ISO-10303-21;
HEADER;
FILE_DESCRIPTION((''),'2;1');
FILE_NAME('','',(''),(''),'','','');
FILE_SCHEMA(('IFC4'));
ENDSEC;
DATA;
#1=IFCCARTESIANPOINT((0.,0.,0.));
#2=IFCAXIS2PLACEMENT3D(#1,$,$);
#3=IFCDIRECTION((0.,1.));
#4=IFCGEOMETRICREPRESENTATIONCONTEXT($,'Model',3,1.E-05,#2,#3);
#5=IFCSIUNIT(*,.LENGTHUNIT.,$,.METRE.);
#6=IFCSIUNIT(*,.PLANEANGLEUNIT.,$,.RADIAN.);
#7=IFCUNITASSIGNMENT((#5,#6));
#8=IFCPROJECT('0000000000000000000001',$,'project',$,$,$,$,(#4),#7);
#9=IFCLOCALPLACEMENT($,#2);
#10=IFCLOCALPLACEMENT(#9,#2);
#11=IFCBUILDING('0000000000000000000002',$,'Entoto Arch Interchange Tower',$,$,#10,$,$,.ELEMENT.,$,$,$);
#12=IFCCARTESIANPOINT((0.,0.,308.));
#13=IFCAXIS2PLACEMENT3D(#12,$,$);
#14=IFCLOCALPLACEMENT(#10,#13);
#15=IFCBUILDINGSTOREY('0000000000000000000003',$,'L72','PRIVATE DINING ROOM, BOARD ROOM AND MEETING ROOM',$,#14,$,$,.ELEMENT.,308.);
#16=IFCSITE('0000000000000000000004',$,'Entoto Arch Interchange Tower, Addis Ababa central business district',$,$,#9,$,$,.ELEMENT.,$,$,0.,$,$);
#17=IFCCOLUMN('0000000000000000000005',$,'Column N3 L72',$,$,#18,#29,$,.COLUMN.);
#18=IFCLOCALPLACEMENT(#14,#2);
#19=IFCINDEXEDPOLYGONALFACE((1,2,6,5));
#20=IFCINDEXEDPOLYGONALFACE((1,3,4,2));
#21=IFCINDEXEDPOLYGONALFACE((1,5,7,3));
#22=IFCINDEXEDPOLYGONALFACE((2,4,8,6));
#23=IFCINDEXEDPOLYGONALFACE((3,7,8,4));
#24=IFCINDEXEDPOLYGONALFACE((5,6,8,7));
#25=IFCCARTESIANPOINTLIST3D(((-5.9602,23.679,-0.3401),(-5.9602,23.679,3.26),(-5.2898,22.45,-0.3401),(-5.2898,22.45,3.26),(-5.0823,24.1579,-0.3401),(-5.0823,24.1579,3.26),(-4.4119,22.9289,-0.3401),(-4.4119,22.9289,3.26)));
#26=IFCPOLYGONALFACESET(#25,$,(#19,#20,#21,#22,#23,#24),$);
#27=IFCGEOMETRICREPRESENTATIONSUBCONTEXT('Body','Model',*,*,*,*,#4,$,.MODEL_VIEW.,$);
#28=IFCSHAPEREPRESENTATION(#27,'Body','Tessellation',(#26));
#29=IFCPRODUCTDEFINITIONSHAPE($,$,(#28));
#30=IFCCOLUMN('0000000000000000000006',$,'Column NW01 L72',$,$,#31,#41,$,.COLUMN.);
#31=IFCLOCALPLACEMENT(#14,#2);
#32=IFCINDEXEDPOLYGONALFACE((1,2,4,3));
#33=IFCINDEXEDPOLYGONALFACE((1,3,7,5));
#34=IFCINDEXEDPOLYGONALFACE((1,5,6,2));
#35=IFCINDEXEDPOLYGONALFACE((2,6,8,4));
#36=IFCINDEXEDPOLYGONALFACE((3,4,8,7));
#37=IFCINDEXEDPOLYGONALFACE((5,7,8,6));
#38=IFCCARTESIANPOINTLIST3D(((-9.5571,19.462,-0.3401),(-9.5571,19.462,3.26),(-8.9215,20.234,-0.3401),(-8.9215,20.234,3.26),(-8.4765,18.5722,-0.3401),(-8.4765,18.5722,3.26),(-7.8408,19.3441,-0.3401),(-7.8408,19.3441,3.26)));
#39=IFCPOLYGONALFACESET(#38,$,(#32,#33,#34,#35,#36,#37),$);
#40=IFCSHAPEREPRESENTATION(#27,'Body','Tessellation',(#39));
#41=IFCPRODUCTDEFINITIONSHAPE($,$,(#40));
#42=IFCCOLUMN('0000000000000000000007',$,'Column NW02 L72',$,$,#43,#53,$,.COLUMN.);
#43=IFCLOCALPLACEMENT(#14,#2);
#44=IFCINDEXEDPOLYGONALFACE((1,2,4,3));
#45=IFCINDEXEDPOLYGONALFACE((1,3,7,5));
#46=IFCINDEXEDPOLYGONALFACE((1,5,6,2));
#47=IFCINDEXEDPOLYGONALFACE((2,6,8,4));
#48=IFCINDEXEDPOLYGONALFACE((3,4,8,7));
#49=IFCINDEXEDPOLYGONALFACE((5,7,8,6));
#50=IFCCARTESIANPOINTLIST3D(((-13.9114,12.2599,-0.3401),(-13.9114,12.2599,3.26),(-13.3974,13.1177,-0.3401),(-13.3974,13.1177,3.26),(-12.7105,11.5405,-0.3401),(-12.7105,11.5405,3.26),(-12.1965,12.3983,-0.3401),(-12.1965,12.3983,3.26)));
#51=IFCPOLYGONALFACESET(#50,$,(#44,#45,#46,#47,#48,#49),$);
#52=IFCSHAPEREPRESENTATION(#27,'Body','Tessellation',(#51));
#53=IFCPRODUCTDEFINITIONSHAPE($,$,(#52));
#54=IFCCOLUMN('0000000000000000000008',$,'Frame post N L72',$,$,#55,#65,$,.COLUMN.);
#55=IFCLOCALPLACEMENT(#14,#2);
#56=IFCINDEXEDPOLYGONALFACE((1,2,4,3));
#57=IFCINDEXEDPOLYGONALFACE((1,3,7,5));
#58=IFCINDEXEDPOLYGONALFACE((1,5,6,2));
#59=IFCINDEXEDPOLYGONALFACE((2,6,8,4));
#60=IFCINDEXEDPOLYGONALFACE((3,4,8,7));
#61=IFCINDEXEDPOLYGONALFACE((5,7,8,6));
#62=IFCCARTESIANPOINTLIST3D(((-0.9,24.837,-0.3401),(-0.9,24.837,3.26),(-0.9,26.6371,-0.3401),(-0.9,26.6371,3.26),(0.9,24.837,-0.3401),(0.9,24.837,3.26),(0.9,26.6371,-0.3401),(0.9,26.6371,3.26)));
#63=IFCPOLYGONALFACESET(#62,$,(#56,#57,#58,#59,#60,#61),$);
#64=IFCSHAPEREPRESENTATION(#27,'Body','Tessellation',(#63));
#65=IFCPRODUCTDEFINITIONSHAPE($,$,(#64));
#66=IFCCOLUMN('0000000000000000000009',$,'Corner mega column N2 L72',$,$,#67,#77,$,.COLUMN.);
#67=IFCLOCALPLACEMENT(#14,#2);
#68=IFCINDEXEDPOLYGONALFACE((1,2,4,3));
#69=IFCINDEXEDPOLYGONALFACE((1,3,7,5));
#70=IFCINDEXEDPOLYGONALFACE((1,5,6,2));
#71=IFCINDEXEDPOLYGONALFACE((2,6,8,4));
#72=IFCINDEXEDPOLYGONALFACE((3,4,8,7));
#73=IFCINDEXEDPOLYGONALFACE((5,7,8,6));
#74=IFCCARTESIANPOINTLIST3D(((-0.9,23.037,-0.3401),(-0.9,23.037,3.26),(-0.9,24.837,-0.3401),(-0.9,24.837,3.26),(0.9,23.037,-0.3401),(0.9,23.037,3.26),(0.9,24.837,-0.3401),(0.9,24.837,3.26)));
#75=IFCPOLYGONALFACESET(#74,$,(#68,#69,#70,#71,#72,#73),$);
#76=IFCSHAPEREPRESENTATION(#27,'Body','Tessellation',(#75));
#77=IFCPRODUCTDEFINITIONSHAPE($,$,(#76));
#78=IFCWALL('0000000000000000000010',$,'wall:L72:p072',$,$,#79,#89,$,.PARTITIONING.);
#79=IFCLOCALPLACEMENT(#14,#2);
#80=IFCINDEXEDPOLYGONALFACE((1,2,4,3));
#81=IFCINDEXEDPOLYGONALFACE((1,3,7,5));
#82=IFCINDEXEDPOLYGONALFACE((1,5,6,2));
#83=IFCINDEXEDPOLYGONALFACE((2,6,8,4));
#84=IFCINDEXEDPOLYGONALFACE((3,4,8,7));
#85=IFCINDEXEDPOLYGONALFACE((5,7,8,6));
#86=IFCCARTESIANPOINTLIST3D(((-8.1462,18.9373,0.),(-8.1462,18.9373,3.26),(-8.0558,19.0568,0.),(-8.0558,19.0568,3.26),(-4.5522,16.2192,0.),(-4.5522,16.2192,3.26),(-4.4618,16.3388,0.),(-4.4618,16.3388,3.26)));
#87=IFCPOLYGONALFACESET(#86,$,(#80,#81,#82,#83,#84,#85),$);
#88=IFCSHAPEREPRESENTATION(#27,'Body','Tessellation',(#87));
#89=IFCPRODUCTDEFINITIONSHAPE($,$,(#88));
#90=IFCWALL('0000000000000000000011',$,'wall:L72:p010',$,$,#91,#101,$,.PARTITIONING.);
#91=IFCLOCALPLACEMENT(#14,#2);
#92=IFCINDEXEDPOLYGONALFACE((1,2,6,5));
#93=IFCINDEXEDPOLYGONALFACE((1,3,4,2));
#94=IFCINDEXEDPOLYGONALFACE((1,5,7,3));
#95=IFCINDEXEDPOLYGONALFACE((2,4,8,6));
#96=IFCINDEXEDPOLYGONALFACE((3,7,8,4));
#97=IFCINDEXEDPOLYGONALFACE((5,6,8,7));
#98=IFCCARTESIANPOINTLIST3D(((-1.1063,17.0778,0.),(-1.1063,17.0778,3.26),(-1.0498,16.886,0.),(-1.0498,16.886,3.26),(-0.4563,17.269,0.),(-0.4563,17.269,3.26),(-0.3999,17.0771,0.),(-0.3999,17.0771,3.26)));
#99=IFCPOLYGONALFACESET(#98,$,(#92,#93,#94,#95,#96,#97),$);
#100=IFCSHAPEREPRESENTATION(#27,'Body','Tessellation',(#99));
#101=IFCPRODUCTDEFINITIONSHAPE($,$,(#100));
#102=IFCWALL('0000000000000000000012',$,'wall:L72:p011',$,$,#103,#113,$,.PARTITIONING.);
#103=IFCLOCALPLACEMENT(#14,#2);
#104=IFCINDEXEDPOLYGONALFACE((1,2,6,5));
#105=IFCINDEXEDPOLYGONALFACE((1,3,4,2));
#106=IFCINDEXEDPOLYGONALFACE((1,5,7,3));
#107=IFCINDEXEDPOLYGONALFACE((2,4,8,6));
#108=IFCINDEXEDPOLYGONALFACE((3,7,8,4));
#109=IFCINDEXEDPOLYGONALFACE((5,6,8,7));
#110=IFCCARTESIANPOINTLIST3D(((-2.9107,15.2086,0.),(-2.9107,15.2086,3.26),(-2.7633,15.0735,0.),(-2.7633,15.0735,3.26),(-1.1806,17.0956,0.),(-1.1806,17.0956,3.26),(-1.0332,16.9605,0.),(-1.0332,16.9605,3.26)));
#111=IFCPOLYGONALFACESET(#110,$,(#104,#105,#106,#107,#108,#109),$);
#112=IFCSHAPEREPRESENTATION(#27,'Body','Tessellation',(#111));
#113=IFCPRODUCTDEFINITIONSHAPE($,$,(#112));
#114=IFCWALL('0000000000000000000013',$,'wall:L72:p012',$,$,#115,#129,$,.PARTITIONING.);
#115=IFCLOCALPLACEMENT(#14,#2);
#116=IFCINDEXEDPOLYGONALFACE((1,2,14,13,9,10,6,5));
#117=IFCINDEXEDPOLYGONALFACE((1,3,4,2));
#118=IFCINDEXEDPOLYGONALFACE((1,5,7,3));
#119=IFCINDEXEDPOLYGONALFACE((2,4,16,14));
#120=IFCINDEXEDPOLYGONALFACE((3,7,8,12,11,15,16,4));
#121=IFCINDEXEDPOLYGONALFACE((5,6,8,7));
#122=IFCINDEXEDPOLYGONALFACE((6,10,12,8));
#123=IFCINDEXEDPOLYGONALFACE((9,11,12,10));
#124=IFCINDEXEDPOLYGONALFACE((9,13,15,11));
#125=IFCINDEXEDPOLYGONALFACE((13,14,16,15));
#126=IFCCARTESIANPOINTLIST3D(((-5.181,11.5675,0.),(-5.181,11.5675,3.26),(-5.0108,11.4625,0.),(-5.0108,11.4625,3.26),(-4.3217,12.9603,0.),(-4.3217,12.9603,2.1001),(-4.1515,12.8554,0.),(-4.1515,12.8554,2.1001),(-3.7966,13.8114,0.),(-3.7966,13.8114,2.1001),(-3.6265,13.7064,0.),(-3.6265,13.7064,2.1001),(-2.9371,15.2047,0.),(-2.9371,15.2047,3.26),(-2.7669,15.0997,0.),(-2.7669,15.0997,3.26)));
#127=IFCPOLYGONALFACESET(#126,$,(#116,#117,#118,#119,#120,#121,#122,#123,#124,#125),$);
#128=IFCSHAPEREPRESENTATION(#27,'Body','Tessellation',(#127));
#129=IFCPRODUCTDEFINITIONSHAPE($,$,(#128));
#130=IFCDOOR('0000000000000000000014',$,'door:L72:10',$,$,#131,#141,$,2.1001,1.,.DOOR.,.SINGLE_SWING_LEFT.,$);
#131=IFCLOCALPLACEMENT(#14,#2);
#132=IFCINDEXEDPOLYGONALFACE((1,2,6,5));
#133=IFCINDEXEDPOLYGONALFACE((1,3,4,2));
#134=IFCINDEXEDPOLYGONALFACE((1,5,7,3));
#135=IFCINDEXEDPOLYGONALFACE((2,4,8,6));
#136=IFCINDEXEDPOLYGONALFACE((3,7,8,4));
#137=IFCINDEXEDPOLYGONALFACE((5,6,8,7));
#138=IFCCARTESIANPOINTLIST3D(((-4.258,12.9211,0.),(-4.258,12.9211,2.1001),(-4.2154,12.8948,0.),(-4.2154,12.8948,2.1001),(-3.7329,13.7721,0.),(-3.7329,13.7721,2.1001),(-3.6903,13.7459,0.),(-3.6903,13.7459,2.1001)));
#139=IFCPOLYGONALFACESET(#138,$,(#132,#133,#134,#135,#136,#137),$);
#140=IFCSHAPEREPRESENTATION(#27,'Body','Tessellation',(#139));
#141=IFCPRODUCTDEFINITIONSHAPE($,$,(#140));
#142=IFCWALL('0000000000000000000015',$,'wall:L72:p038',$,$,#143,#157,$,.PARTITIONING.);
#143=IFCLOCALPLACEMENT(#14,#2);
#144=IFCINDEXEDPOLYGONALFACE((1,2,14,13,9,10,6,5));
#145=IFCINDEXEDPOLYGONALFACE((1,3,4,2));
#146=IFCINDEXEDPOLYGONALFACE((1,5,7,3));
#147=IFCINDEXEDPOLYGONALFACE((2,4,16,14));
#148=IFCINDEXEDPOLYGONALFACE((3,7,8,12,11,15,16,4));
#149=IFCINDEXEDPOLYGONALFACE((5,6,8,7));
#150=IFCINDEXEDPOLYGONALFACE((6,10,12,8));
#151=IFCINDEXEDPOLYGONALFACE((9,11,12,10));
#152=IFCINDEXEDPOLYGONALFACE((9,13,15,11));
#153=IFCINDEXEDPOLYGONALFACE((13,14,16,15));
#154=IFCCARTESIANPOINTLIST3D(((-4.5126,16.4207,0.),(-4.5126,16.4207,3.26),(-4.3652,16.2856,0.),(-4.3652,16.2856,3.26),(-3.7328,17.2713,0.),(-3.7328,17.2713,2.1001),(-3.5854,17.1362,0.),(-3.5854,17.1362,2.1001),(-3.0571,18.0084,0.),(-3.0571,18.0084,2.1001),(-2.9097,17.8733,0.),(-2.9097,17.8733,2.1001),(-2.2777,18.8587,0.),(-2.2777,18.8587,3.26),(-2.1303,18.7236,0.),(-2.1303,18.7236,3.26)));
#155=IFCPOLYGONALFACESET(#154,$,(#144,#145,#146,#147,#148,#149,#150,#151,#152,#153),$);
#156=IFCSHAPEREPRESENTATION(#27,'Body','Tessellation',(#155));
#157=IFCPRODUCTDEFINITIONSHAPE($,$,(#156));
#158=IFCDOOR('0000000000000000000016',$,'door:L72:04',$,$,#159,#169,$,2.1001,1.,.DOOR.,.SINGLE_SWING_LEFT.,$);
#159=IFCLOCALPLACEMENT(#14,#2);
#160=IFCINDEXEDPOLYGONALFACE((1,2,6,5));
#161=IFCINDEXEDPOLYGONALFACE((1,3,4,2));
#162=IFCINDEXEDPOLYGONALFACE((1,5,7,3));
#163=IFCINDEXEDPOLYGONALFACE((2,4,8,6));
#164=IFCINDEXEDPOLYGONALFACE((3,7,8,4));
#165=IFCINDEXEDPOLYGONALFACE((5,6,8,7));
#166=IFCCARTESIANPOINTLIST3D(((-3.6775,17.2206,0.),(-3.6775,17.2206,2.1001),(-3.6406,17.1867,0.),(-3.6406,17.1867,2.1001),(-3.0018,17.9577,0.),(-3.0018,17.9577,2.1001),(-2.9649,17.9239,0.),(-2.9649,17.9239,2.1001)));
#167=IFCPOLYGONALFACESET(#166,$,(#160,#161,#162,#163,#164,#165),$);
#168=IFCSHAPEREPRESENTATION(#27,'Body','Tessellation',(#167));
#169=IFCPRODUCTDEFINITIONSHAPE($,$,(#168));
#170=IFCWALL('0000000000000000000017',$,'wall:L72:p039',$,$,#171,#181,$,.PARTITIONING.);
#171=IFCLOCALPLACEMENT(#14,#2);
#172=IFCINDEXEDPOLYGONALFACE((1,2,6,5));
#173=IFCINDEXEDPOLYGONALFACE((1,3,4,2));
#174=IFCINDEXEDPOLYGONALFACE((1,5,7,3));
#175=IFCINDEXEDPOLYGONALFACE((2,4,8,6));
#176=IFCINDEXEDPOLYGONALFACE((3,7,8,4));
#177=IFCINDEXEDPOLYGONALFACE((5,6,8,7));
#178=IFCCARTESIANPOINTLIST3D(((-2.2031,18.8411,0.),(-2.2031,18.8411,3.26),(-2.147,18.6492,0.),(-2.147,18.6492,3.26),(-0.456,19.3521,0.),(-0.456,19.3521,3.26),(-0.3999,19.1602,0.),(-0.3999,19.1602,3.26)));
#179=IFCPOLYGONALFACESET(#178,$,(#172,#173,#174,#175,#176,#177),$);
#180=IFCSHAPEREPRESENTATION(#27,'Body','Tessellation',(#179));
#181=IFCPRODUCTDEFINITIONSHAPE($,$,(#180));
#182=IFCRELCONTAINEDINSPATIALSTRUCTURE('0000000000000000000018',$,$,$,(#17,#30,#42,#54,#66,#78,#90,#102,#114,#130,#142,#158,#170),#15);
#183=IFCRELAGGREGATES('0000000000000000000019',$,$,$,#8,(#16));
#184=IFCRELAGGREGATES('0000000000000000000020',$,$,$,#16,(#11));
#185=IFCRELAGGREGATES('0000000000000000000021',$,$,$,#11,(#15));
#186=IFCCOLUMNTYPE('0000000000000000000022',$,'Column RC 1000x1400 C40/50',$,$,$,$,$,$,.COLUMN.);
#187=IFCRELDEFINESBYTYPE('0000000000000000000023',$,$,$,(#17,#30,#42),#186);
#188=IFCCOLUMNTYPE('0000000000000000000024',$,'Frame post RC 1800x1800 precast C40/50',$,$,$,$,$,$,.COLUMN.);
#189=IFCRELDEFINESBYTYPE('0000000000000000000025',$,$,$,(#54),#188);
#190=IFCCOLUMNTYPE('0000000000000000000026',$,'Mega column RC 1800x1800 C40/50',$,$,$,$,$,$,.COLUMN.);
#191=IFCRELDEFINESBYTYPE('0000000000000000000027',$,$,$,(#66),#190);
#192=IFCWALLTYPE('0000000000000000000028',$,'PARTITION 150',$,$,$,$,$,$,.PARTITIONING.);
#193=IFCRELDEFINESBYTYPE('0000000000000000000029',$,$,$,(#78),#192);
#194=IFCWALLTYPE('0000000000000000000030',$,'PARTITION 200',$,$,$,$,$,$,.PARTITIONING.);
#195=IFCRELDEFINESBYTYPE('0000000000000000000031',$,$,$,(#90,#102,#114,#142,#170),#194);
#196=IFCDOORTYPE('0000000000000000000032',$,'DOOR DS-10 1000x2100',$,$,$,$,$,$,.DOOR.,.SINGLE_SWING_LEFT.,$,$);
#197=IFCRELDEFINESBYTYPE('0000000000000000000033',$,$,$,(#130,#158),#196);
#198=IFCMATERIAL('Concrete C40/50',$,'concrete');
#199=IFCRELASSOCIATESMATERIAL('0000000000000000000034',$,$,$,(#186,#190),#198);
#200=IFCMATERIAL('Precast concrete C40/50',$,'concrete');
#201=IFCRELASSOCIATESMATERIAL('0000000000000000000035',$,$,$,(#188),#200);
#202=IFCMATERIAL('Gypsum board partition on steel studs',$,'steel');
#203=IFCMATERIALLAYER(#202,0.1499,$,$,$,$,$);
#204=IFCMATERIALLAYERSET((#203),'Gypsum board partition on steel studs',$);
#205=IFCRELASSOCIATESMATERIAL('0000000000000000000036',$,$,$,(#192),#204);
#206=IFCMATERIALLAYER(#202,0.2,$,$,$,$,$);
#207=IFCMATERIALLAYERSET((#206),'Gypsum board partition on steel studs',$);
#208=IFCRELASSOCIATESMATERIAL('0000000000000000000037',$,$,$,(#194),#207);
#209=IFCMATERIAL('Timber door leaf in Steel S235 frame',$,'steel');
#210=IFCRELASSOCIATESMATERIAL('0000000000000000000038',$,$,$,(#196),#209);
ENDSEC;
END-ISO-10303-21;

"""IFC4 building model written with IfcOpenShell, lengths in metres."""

from ifc_helpers import new_model, si_unit, direction, frame, frame_2d, origin, origin_2d, place, context, subcontext, project, spatial, rectangle, extrude, material, layer, layer_set, material_profile, profile_set, type_object, element, fill, save


model = new_model("IFC4")

# Units and contexts
model_context = context("Model", 3, precision=1e-05, world=origin(), true_north=direction((0.0, 1.0)))
body_context = subcontext(model_context, "Body", "Model", "MODEL_VIEW")
ifc_project = project(units=[si_unit("LENGTHUNIT", "METRE"), si_unit("PLANEANGLEUNIT", "RADIAN")], contexts=[model_context])

# Site, building, storey
site_placement = place(None, origin())
site = spatial("IfcSite", under=ifc_project, at=site_placement, Name="Entoto Arch Interchange Tower, Addis Ababa central business district", CompositionType="ELEMENT", RefElevation=0.0)
building_placement = place(site_placement, origin())
building = spatial("IfcBuilding", under=site, at=building_placement, Name="Entoto Arch Interchange Tower", CompositionType="ELEMENT")
storey_placement = place(building_placement, frame((0.0, 0.0, 308.0)))
storey = spatial("IfcBuildingStorey", under=building, at=storey_placement, Name="L72", Description="PRIVATE DINING ROOM, BOARD ROOM AND MEETING ROOM", CompositionType="ELEMENT", Elevation=308.0)

# Columns
ifc_material_1 = material(Name="Concrete C40/50", Category="concrete")
ifc_material_profile_1 = material_profile(ifc_material_1, rectangle(XDim=1.0, YDim=1.3999, at=origin_2d()))
ifc_profile_set_1 = profile_set([ifc_material_profile_1], Name="Concrete C40/50")
column_type_1 = type_object("IfcColumnType", Name="Column RC 1000x1400 C40/50", PredefinedType="COLUMN", material=ifc_profile_set_1)
for number, where, z_axis, x_axis, name in (
    (1, (-5.186, 23.304, -0.3401), (0.0, 0.0, 1.0), (0.877899, 0.478845, 0.0), "Column N3 L72"),
    (2, (-8.699, 19.4031, -0.3401), (0.0, 0.0, 1.0), (0.635647, 0.77198, 0.0), "Column NW01 L72"),
    (3, (-13.054, 12.3291, -0.3401), (0.0, 0.0, 1.0), (0.513946, 0.857823, 0.0), "Column NW02 L72"),
):
    element("IfcColumn", number, at=place(storey_placement, frame(where, z_axis=z_axis, x_axis=x_axis)), inside=storey, type_object=column_type_1, Name=name, PredefinedType="COLUMN", context=body_context, shape_type="SweptSolid", body=[
        extrude(rectangle(XDim=1.0, YDim=1.3999, at=origin_2d()), origin(), (0.0, 0.0, 1.0), 3.6001),
    ])
ifc_material_2 = material(Name="Precast concrete C40/50", Category="concrete")
ifc_material_profile_2 = material_profile(ifc_material_2, rectangle(XDim=1.8, YDim=1.8, at=origin_2d()))
ifc_profile_set_2 = profile_set([ifc_material_profile_2], Name="Precast concrete C40/50")
column_type_2 = type_object("IfcColumnType", Name="Frame post RC 1800x1800 precast C40/50", PredefinedType="COLUMN", material=ifc_profile_set_2)
column_1_placement = place(storey_placement, frame((0.0, 25.7371, -0.3401), z_axis=(0.0, 0.0, 1.0), x_axis=(0.0, 1.0, 0.0)))
element("IfcColumn", 4, at=column_1_placement, inside=storey, type_object=column_type_2, Name="Frame post N L72", PredefinedType="COLUMN", context=body_context, shape_type="SweptSolid", body=[
    extrude(rectangle(XDim=1.8, YDim=1.8, at=origin_2d()), origin(), (0.0, 0.0, 1.0), 3.6001),
])
ifc_material_profile_3 = material_profile(ifc_material_1, rectangle(XDim=1.8, YDim=1.8, at=origin_2d()))
ifc_profile_set_3 = profile_set([ifc_material_profile_3], Name="Concrete C40/50")
column_type_3 = type_object("IfcColumnType", Name="Mega column RC 1800x1800 C40/50", PredefinedType="COLUMN", material=ifc_profile_set_3)
column_2_placement = place(storey_placement, frame((0.0, 23.937, -0.3401), z_axis=(0.0, 0.0, 1.0), x_axis=(0.0, 1.0, 0.0)))
element("IfcColumn", 5, at=column_2_placement, inside=storey, type_object=column_type_3, Name="Corner mega column N2 L72", PredefinedType="COLUMN", context=body_context, shape_type="SweptSolid", body=[
    extrude(rectangle(XDim=1.8, YDim=1.8, at=origin_2d()), origin(), (0.0, 0.0, 1.0), 3.6001),
])

# Walls
ifc_material_3 = material(Name="Gypsum board partition on steel studs", Category="steel")
ifc_layer_1 = layer(ifc_material_3, 0.1499)
ifc_layer_set_1 = layer_set([ifc_layer_1], Name="Gypsum board partition on steel studs")
wall_type_1 = type_object("IfcWallType", Name="PARTITION 150", PredefinedType="PARTITIONING", material=ifc_layer_set_1)
wall_1_placement = place(storey_placement, frame((-4.5071, 16.2791, 0.0), z_axis=(0.0, 0.0, 1.0), x_axis=(-0.797594, 0.603194, 0.0)))
element("IfcWall", 6, at=wall_1_placement, inside=storey, type_object=wall_type_1, Name="wall:L72:p072", PredefinedType="PARTITIONING", context=body_context, shape_type="SweptSolid", body=[
    extrude(rectangle(XDim=4.5061, YDim=0.1499, at=frame_2d((2.2529, 0.0))), origin(), (0.0, 0.0, 1.0), 3.26),
])
ifc_layer_2 = layer(ifc_material_3, 0.2)
ifc_layer_set_2 = layer_set([ifc_layer_2], Name="Gypsum board partition on steel studs")
wall_type_2 = type_object("IfcWallType", Name="PARTITION 200", PredefinedType="PARTITIONING", material=ifc_layer_set_2)
wall_2_placement = place(storey_placement, frame((-0.428, 17.1731, 0.0), z_axis=(0.0, 0.0, 1.0), x_axis=(-0.95936, -0.282186, 0.0)))
element("IfcWall", 7, at=wall_2_placement, inside=storey, type_object=wall_type_2, Name="wall:L72:p010", PredefinedType="PARTITIONING", context=body_context, shape_type="SweptSolid", body=[
    extrude(rectangle(XDim=0.6775, YDim=0.2, at=frame_2d((0.3389, 0.0))), origin(), (0.0, 0.0, 1.0), 3.26),
])
wall_3_placement = place(storey_placement, frame((-1.1069, 17.0281, 0.0), z_axis=(0.0, 0.0, 1.0), x_axis=(-0.675781, -0.737103, 0.0)))
element("IfcWall", 8, at=wall_3_placement, inside=storey, type_object=wall_type_2, Name="wall:L72:p011", PredefinedType="PARTITIONING", context=body_context, shape_type="SweptSolid", body=[
    extrude(rectangle(XDim=2.5601, YDim=0.2, at=frame_2d((1.28, 0.0))), origin(), (0.0, 0.0, 1.0), 3.26),
])

# Walls, openings, doors
wall_4_placement = place(storey_placement, frame((-2.8521, 15.1521, 0.0), z_axis=(0.0, 0.0, 1.0), x_axis=(-0.52505, -0.851071, 0.0)))
wall_4 = element("IfcWall", 9, at=wall_4_placement, inside=storey, type_object=wall_type_2, Name="wall:L72:p012", PredefinedType="PARTITIONING", context=body_context, shape_type="SweptSolid", body=[
    extrude(rectangle(XDim=4.2737, YDim=0.2, at=frame_2d((2.1367, 0.0))), origin(), (0.0, 0.0, 1.0), 3.26),
])
opening_1_placement = place(wall_4_placement, frame((1.637, 0.0, 0.0)))
opening_1 = element("IfcOpeningElement", 10, at=opening_1_placement, cuts=wall_4, PredefinedType="OPENING", context=body_context, shape_type="SweptSolid", body=[
    extrude(rectangle(XDim=1.0, YDim=2.1001, at=frame_2d((0.5, 1.05))), frame((0.0, 0.1099, 0.0), z_axis=(0.0, -1.0, 0.0), x_axis=(1.0, 0.0, 0.0)), (0.0, 0.0, 1.0), 0.22),
])
ifc_material_4 = material(Name="Timber door leaf in Steel S235 frame", Category="steel")
door_type = type_object("IfcDoorType", Name="DOOR DS-10 1000x2100", OperationType="SINGLE_SWING_LEFT", PredefinedType="DOOR", material=ifc_material_4)
door_1_placement = place(opening_1_placement, origin())
door_1 = element("IfcDoor", 11, at=door_1_placement, inside=storey, type_object=door_type, Name="door:L72:10", OperationType="SINGLE_SWING_LEFT", OverallHeight=2.1001, OverallWidth=1.0, PredefinedType="DOOR", context=body_context, shape_type="SweptSolid", body=[
    extrude(rectangle(XDim=1.0, YDim=2.1001, at=frame_2d((0.5, 1.05))), frame((0.0, 0.0249, 0.0), z_axis=(0.0, -1.0, 0.0), x_axis=(1.0, 0.0, 0.0)), (0.0, 0.0, 1.0), 0.05),
])
fill(opening_1, door_1)
wall_5_placement = place(storey_placement, frame((-4.439, 16.353, 0.0), z_axis=(0.0, 0.0, 1.0), x_axis=(0.675731, 0.737148, 0.0)))
wall_5 = element("IfcWall", 12, at=wall_5_placement, inside=storey, type_object=wall_type_2, Name="wall:L72:p038", PredefinedType="PARTITIONING", context=body_context, shape_type="SweptSolid", body=[
    extrude(rectangle(XDim=3.3074, YDim=0.2, at=frame_2d((1.6538, 0.0))), origin(), (0.0, 0.0, 1.0), 3.26),
])
opening_2_placement = place(wall_5_placement, frame((1.1541, 0.0, 0.0)))
opening_2 = element("IfcOpeningElement", 13, at=opening_2_placement, cuts=wall_5, PredefinedType="OPENING", context=body_context, shape_type="SweptSolid", body=[
    extrude(rectangle(XDim=1.0, YDim=2.1001, at=frame_2d((0.5, 1.05))), frame((0.0, 0.1099, 0.0), z_axis=(0.0, -1.0, 0.0), x_axis=(1.0, 0.0, 0.0)), (0.0, 0.0, 1.0), 0.22),
])
door_2_placement = place(opening_2_placement, origin())
door_2 = element("IfcDoor", 14, at=door_2_placement, inside=storey, type_object=door_type, Name="door:L72:04", OperationType="SINGLE_SWING_LEFT", OverallHeight=2.1001, OverallWidth=1.0, PredefinedType="DOOR", context=body_context, shape_type="SweptSolid", body=[
    extrude(rectangle(XDim=1.0, YDim=2.1001, at=frame_2d((0.5, 1.05))), frame((0.0, 0.0249, 0.0), z_axis=(0.0, -1.0, 0.0), x_axis=(1.0, 0.0, 0.0)), (0.0, 0.0, 1.0), 0.05),
])
fill(opening_2, door_2)

# Wall
wall_6_placement = place(storey_placement, frame((-2.175, 18.7451, 0.0), z_axis=(0.0, 0.0, 1.0), x_axis=(0.959789, 0.280721, 0.0)))
element("IfcWall", 15, at=wall_6_placement, inside=storey, type_object=wall_type_2, Name="wall:L72:p039", PredefinedType="PARTITIONING", context=body_context, shape_type="SweptSolid", body=[
    extrude(rectangle(XDim=1.8203, YDim=0.2, at=frame_2d((0.9102, 0.0))), origin(), (0.0, 0.0, 1.0), 3.26),
])

save(model, "model.ifc")
